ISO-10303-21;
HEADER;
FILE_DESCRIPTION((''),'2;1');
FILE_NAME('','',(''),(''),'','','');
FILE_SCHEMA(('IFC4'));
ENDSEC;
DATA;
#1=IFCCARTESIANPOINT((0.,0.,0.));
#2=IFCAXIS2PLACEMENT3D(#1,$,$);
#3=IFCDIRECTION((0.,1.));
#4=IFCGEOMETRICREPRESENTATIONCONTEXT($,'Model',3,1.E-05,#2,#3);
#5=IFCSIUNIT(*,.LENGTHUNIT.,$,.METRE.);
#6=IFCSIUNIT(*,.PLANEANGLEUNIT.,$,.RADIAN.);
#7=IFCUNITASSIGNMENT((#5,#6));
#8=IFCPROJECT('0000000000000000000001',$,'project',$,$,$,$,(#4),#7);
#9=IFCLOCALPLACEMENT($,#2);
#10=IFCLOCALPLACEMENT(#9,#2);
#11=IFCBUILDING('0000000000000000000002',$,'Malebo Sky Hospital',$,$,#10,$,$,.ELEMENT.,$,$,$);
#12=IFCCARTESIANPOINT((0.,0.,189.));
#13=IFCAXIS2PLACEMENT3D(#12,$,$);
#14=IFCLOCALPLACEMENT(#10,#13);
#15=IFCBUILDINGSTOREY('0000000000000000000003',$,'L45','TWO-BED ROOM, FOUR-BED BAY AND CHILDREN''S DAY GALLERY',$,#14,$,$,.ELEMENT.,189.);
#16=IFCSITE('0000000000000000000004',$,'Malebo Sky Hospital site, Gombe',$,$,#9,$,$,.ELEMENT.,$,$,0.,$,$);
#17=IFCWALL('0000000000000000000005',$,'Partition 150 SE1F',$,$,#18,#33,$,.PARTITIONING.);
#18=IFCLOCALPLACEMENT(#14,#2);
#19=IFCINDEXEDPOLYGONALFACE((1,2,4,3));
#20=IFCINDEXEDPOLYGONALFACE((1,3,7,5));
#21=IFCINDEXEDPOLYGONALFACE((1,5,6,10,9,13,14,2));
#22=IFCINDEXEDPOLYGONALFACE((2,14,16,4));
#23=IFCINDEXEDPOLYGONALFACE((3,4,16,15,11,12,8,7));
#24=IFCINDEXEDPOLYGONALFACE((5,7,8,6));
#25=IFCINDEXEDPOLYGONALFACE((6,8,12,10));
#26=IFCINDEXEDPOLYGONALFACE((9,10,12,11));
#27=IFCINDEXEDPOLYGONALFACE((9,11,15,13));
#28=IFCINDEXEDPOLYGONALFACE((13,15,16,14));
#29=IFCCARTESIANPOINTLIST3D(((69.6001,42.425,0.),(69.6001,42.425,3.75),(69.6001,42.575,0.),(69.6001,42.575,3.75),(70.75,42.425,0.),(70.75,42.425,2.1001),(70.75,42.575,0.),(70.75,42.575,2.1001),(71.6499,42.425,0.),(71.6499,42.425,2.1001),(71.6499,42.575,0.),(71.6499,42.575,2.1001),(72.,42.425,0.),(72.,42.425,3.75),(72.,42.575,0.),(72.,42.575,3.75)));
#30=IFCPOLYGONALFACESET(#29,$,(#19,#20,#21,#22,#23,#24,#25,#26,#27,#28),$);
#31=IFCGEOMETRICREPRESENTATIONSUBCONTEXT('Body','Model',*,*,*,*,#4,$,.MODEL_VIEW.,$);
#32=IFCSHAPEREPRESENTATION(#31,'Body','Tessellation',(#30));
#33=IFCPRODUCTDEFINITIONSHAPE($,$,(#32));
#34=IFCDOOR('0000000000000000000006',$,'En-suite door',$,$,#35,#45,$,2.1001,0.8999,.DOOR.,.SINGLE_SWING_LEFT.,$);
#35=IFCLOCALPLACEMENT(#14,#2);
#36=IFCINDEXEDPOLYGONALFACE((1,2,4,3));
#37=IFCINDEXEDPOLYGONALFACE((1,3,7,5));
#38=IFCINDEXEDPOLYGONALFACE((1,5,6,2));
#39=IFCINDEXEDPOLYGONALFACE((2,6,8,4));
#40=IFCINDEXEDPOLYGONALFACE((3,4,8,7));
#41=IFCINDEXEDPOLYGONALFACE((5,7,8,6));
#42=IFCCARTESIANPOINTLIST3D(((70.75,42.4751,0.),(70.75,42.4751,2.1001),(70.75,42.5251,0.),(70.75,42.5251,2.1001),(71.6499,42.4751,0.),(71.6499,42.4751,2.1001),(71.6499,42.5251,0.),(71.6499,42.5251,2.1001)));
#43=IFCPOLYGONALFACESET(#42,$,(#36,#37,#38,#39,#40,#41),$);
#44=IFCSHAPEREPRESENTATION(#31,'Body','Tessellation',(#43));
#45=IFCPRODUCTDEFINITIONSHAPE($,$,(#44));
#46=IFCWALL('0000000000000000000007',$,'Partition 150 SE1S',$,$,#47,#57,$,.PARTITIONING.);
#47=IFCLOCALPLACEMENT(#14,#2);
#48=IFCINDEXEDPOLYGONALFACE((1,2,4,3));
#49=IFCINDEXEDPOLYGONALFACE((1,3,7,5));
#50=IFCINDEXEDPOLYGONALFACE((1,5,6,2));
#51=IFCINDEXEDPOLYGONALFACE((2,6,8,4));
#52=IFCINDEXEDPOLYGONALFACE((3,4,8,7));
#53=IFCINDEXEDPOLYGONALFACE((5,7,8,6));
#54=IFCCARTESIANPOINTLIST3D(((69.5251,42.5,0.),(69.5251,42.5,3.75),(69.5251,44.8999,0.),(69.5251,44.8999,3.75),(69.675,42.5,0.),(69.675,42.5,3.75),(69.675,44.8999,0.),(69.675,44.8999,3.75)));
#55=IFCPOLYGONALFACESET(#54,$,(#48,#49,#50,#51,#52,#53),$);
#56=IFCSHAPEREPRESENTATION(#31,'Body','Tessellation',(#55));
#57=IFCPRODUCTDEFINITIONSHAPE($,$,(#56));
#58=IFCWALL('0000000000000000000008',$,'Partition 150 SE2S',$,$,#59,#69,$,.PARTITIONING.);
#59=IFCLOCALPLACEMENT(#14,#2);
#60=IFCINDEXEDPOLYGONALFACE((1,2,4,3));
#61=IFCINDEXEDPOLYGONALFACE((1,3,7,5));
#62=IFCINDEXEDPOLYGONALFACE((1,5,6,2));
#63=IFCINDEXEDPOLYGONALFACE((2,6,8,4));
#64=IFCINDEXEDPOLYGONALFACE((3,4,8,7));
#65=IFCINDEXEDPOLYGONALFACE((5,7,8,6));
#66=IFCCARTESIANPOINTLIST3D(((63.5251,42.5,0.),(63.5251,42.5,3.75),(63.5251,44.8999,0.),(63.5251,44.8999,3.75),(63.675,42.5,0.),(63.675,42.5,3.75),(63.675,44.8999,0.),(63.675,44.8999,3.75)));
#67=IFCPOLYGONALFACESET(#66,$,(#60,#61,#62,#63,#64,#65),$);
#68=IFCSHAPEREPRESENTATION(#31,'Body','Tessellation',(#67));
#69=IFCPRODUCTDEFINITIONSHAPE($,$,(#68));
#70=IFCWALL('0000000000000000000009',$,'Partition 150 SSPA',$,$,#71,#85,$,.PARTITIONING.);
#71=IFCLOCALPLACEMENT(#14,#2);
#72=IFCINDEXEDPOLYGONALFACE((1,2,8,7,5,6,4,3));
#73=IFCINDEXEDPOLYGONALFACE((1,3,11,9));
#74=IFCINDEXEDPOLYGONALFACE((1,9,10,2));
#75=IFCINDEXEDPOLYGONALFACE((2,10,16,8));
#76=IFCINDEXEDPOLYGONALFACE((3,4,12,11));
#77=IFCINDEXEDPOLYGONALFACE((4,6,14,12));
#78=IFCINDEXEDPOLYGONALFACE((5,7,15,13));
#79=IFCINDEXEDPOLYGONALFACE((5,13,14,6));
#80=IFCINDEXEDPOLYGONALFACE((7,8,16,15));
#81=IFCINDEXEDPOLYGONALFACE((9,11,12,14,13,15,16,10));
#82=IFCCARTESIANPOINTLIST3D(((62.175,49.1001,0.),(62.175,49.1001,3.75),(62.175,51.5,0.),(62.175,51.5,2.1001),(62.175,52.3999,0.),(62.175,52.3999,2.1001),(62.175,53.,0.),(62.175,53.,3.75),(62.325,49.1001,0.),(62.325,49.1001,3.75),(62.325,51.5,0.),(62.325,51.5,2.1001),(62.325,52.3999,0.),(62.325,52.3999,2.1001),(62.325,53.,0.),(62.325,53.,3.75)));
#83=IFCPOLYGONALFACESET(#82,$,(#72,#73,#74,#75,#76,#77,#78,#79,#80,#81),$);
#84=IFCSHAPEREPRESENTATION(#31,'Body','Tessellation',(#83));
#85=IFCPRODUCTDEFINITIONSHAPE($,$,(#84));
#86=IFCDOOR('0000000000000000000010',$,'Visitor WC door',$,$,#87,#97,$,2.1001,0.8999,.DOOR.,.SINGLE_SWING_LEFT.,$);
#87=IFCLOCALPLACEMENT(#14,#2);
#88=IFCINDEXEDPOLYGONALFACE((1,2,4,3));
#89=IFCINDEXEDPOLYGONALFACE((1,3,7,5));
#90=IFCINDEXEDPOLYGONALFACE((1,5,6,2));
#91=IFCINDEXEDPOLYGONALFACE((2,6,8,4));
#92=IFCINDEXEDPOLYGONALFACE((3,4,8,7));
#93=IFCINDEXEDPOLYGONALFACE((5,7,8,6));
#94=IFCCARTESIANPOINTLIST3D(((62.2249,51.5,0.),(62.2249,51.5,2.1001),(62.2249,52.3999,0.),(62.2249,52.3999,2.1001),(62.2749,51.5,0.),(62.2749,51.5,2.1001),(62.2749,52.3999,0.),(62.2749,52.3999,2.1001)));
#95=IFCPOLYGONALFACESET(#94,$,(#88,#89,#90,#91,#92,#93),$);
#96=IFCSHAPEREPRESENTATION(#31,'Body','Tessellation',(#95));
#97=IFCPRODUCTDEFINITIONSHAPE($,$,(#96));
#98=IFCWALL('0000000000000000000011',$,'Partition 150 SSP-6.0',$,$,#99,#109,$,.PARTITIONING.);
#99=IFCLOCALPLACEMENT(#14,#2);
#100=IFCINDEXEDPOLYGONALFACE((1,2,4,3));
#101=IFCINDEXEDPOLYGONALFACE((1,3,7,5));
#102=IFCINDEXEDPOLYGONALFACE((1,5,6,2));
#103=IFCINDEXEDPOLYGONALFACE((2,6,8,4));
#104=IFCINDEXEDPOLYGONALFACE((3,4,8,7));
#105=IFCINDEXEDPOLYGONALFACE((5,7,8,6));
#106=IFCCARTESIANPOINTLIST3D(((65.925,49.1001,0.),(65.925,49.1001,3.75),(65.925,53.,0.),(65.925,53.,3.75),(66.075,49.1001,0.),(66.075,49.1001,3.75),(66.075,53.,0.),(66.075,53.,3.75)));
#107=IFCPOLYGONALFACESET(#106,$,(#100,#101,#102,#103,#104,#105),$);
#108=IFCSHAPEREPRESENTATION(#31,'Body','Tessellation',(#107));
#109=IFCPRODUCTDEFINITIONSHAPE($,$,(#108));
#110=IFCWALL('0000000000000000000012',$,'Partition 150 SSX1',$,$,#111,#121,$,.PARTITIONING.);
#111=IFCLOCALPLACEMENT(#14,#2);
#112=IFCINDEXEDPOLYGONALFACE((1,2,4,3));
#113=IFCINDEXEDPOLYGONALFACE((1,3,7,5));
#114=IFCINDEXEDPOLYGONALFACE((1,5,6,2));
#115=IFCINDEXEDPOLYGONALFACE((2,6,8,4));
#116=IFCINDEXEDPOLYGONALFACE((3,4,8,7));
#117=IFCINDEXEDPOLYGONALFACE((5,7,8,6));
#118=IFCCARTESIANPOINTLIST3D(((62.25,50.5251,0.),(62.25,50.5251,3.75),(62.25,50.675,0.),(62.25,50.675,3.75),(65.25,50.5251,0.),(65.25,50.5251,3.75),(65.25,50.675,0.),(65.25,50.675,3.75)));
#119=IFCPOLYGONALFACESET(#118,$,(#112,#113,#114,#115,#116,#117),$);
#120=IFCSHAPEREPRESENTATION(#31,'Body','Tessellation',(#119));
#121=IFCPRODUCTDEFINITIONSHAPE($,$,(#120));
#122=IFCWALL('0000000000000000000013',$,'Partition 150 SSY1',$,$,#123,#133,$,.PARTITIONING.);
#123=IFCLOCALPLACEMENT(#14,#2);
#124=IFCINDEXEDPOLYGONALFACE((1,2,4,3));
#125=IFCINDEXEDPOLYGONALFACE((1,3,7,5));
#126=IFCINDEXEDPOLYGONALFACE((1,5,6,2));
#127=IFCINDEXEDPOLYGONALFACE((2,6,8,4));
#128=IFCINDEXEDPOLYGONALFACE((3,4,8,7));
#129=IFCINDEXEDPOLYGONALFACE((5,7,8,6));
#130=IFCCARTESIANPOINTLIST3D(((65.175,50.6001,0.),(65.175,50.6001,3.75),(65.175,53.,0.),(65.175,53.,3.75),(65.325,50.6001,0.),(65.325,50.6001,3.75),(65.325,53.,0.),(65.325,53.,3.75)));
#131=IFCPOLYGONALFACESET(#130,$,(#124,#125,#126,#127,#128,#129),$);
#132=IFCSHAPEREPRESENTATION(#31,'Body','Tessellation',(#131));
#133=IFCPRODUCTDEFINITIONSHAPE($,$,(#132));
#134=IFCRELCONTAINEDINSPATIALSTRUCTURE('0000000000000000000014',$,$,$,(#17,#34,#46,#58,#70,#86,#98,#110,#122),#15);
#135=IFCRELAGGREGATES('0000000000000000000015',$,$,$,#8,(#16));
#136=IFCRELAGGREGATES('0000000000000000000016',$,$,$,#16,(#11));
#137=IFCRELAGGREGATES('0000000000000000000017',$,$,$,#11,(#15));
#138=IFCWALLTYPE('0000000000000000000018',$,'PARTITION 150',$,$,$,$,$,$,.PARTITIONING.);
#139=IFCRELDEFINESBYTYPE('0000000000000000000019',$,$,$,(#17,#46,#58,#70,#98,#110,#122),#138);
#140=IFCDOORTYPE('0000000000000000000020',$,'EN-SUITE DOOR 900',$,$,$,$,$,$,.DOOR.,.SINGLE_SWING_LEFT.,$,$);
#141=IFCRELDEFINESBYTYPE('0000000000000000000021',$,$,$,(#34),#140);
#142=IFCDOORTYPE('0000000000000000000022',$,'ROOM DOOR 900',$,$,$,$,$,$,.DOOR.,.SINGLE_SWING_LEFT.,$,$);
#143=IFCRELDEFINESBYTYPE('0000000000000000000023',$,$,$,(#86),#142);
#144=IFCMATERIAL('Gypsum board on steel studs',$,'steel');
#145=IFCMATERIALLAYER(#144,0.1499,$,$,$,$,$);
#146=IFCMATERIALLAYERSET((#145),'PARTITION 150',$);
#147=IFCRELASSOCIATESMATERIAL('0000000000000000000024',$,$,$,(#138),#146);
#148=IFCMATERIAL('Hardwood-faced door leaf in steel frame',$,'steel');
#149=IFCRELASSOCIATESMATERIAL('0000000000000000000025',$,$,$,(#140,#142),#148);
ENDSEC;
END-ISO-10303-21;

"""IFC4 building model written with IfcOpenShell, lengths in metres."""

from ifc_helpers import new_model, si_unit, direction, frame, frame_2d, origin, place, context, subcontext, project, spatial, rectangle, extrude, material, layer, layer_set, type_object, element, fill, save


model = new_model("IFC4")

# Units and contexts
model_context = context("Model", 3, precision=1e-05, world=origin(), true_north=direction((0.0, 1.0)))
body_context = subcontext(model_context, "Body", "Model", "MODEL_VIEW")
ifc_project = project(units=[si_unit("LENGTHUNIT", "METRE"), si_unit("PLANEANGLEUNIT", "RADIAN")], contexts=[model_context])

# Site, building, storey
site_placement = place(None, origin())
site = spatial("IfcSite", under=ifc_project, at=site_placement, Name="Malebo Sky Hospital site, Gombe", CompositionType="ELEMENT", RefElevation=0.0)
building_placement = place(site_placement, origin())
building = spatial("IfcBuilding", under=site, at=building_placement, Name="Malebo Sky Hospital", CompositionType="ELEMENT")
storey_placement = place(building_placement, frame((0.0, 0.0, 189.0)))
storey = spatial("IfcBuildingStorey", under=building, at=storey_placement, Name="L45", Description="TWO-BED ROOM, FOUR-BED BAY AND CHILDREN'S DAY GALLERY", CompositionType="ELEMENT", Elevation=189.0)

# Shared definitions
ifc_material_1 = material(Name="Gypsum board on steel studs", Category="steel")
ifc_material_2 = material(Name="Hardwood-faced door leaf in steel frame", Category="steel")

# Shared definitions
ifc_layer_1 = layer(ifc_material_1, 0.1499)
ifc_layer_set_1 = layer_set([ifc_layer_1], Name="PARTITION 150")
wall_type_1 = type_object("IfcWallType", Name="PARTITION 150", PredefinedType="PARTITIONING", material=ifc_layer_set_1)

# Wall, opening, door
wall_1_placement = place(storey_placement, frame((72.0, 42.5, 0.0), z_axis=(0.0, 0.0, 1.0), x_axis=(-1.0, 0.0, 0.0)))
wall_1 = element("IfcWall", 1, at=wall_1_placement, inside=storey, type_object=wall_type_1, Name="Partition 150 SE1F", PredefinedType="PARTITIONING", context=body_context, shape_type="SweptSolid", body=[
    extrude(rectangle(XDim=2.3999, YDim=0.1499, at=frame_2d((1.2, 0.0))), origin(), (0.0, 0.0, 1.0), 3.75),
])
opening_1_placement = place(wall_1_placement, frame((0.3501, 0.0, 0.0)))
opening_1 = element("IfcOpeningElement", 2, at=opening_1_placement, cuts=wall_1, PredefinedType="OPENING", context=body_context, shape_type="SweptSolid", body=[
    extrude(rectangle(XDim=0.8999, YDim=2.1001, at=frame_2d((0.45, 1.05))), frame((0.0, 0.085, 0.0), z_axis=(0.0, -1.0, 0.0), x_axis=(1.0, 0.0, 0.0)), (0.0, 0.0, 1.0), 0.1699),
])
door_type_1 = type_object("IfcDoorType", Name="EN-SUITE DOOR 900", OperationType="SINGLE_SWING_LEFT", PredefinedType="DOOR", material=ifc_material_2)
door_1_placement = place(opening_1_placement, origin())
door_1 = element("IfcDoor", 3, at=door_1_placement, inside=storey, type_object=door_type_1, Name="En-suite door", OperationType="SINGLE_SWING_LEFT", OverallHeight=2.1001, OverallWidth=0.8999, PredefinedType="DOOR", context=body_context, shape_type="SweptSolid", body=[
    extrude(rectangle(XDim=0.8999, YDim=2.1001, at=frame_2d((0.45, 1.05))), frame((0.0, 0.0249, 0.0), z_axis=(0.0, -1.0, 0.0), x_axis=(1.0, 0.0, 0.0)), (0.0, 0.0, 1.0), 0.05),
])
fill(opening_1, door_1)

# Walls
for number, where, z_axis, x_axis, name in (
    (4, (69.6001, 44.8999, 0.0), (0.0, 0.0, 1.0), (0.0, -1.0, 0.0), "Partition 150 SE1S"),
    (5, (63.6001, 44.8999, 0.0), (0.0, 0.0, 1.0), (0.0, -1.0, 0.0), "Partition 150 SE2S"),
):
    element("IfcWall", number, at=place(storey_placement, frame(where, z_axis=z_axis, x_axis=x_axis)), inside=storey, type_object=wall_type_1, Name=name, PredefinedType="PARTITIONING", context=body_context, shape_type="SweptSolid", body=[
        extrude(rectangle(XDim=2.3999, YDim=0.1499, at=frame_2d((1.2, 0.0))), origin(), (0.0, 0.0, 1.0), 3.75),
    ])

# Wall, opening, door
wall_2_placement = place(storey_placement, frame((62.25, 53.0, 0.0), z_axis=(0.0, 0.0, 1.0), x_axis=(0.0, -1.0, 0.0)))
wall_2 = element("IfcWall", 6, at=wall_2_placement, inside=storey, type_object=wall_type_1, Name="Partition 150 SSPA", PredefinedType="PARTITIONING", context=body_context, shape_type="SweptSolid", body=[
    extrude(rectangle(XDim=3.8999, YDim=0.1499, at=frame_2d((1.95, 0.0))), origin(), (0.0, 0.0, 1.0), 3.75),
])
opening_2_placement = place(wall_2_placement, frame((0.6001, 0.0, 0.0)))
opening_2 = element("IfcOpeningElement", 7, at=opening_2_placement, cuts=wall_2, PredefinedType="OPENING", context=body_context, shape_type="SweptSolid", body=[
    extrude(rectangle(XDim=0.8999, YDim=2.1001, at=frame_2d((0.45, 1.05))), frame((0.0, 0.085, 0.0), z_axis=(0.0, -1.0, 0.0), x_axis=(1.0, 0.0, 0.0)), (0.0, 0.0, 1.0), 0.1699),
])
door_type_2 = type_object("IfcDoorType", Name="ROOM DOOR 900", OperationType="SINGLE_SWING_LEFT", PredefinedType="DOOR", material=ifc_material_2)
door_2_placement = place(opening_2_placement, origin())
door_2 = element("IfcDoor", 8, at=door_2_placement, inside=storey, type_object=door_type_2, Name="Visitor WC door", OperationType="SINGLE_SWING_LEFT", OverallHeight=2.1001, OverallWidth=0.8999, PredefinedType="DOOR", context=body_context, shape_type="SweptSolid", body=[
    extrude(rectangle(XDim=0.8999, YDim=2.1001, at=frame_2d((0.45, 1.05))), frame((0.0, 0.0249, 0.0), z_axis=(0.0, -1.0, 0.0), x_axis=(1.0, 0.0, 0.0)), (0.0, 0.0, 1.0), 0.05),
])
fill(opening_2, door_2)

# Walls
wall_3_placement = place(storey_placement, frame((66.0, 53.0, 0.0), z_axis=(0.0, 0.0, 1.0), x_axis=(0.0, -1.0, 0.0)))
element("IfcWall", 9, at=wall_3_placement, inside=storey, type_object=wall_type_1, Name="Partition 150 SSP-6.0", PredefinedType="PARTITIONING", context=body_context, shape_type="SweptSolid", body=[
    extrude(rectangle(XDim=3.8999, YDim=0.1499, at=frame_2d((1.95, 0.0))), origin(), (0.0, 0.0, 1.0), 3.75),
])
wall_4_placement = place(storey_placement, frame((65.25, 50.6001, 0.0), z_axis=(0.0, 0.0, 1.0), x_axis=(-1.0, 0.0, 0.0)))
element("IfcWall", 10, at=wall_4_placement, inside=storey, type_object=wall_type_1, Name="Partition 150 SSX1", PredefinedType="PARTITIONING", context=body_context, shape_type="SweptSolid", body=[
    extrude(rectangle(XDim=3.0, YDim=0.1499, at=frame_2d((1.5, 0.0))), origin(), (0.0, 0.0, 1.0), 3.75),
])
wall_5_placement = place(storey_placement, frame((65.25, 53.0, 0.0), z_axis=(0.0, 0.0, 1.0), x_axis=(0.0, -1.0, 0.0)))
element("IfcWall", 11, at=wall_5_placement, inside=storey, type_object=wall_type_1, Name="Partition 150 SSY1", PredefinedType="PARTITIONING", context=body_context, shape_type="SweptSolid", body=[
    extrude(rectangle(XDim=2.3999, YDim=0.1499, at=frame_2d((1.2, 0.0))), origin(), (0.0, 0.0, 1.0), 3.75),
])

save(model, "model.ifc")
